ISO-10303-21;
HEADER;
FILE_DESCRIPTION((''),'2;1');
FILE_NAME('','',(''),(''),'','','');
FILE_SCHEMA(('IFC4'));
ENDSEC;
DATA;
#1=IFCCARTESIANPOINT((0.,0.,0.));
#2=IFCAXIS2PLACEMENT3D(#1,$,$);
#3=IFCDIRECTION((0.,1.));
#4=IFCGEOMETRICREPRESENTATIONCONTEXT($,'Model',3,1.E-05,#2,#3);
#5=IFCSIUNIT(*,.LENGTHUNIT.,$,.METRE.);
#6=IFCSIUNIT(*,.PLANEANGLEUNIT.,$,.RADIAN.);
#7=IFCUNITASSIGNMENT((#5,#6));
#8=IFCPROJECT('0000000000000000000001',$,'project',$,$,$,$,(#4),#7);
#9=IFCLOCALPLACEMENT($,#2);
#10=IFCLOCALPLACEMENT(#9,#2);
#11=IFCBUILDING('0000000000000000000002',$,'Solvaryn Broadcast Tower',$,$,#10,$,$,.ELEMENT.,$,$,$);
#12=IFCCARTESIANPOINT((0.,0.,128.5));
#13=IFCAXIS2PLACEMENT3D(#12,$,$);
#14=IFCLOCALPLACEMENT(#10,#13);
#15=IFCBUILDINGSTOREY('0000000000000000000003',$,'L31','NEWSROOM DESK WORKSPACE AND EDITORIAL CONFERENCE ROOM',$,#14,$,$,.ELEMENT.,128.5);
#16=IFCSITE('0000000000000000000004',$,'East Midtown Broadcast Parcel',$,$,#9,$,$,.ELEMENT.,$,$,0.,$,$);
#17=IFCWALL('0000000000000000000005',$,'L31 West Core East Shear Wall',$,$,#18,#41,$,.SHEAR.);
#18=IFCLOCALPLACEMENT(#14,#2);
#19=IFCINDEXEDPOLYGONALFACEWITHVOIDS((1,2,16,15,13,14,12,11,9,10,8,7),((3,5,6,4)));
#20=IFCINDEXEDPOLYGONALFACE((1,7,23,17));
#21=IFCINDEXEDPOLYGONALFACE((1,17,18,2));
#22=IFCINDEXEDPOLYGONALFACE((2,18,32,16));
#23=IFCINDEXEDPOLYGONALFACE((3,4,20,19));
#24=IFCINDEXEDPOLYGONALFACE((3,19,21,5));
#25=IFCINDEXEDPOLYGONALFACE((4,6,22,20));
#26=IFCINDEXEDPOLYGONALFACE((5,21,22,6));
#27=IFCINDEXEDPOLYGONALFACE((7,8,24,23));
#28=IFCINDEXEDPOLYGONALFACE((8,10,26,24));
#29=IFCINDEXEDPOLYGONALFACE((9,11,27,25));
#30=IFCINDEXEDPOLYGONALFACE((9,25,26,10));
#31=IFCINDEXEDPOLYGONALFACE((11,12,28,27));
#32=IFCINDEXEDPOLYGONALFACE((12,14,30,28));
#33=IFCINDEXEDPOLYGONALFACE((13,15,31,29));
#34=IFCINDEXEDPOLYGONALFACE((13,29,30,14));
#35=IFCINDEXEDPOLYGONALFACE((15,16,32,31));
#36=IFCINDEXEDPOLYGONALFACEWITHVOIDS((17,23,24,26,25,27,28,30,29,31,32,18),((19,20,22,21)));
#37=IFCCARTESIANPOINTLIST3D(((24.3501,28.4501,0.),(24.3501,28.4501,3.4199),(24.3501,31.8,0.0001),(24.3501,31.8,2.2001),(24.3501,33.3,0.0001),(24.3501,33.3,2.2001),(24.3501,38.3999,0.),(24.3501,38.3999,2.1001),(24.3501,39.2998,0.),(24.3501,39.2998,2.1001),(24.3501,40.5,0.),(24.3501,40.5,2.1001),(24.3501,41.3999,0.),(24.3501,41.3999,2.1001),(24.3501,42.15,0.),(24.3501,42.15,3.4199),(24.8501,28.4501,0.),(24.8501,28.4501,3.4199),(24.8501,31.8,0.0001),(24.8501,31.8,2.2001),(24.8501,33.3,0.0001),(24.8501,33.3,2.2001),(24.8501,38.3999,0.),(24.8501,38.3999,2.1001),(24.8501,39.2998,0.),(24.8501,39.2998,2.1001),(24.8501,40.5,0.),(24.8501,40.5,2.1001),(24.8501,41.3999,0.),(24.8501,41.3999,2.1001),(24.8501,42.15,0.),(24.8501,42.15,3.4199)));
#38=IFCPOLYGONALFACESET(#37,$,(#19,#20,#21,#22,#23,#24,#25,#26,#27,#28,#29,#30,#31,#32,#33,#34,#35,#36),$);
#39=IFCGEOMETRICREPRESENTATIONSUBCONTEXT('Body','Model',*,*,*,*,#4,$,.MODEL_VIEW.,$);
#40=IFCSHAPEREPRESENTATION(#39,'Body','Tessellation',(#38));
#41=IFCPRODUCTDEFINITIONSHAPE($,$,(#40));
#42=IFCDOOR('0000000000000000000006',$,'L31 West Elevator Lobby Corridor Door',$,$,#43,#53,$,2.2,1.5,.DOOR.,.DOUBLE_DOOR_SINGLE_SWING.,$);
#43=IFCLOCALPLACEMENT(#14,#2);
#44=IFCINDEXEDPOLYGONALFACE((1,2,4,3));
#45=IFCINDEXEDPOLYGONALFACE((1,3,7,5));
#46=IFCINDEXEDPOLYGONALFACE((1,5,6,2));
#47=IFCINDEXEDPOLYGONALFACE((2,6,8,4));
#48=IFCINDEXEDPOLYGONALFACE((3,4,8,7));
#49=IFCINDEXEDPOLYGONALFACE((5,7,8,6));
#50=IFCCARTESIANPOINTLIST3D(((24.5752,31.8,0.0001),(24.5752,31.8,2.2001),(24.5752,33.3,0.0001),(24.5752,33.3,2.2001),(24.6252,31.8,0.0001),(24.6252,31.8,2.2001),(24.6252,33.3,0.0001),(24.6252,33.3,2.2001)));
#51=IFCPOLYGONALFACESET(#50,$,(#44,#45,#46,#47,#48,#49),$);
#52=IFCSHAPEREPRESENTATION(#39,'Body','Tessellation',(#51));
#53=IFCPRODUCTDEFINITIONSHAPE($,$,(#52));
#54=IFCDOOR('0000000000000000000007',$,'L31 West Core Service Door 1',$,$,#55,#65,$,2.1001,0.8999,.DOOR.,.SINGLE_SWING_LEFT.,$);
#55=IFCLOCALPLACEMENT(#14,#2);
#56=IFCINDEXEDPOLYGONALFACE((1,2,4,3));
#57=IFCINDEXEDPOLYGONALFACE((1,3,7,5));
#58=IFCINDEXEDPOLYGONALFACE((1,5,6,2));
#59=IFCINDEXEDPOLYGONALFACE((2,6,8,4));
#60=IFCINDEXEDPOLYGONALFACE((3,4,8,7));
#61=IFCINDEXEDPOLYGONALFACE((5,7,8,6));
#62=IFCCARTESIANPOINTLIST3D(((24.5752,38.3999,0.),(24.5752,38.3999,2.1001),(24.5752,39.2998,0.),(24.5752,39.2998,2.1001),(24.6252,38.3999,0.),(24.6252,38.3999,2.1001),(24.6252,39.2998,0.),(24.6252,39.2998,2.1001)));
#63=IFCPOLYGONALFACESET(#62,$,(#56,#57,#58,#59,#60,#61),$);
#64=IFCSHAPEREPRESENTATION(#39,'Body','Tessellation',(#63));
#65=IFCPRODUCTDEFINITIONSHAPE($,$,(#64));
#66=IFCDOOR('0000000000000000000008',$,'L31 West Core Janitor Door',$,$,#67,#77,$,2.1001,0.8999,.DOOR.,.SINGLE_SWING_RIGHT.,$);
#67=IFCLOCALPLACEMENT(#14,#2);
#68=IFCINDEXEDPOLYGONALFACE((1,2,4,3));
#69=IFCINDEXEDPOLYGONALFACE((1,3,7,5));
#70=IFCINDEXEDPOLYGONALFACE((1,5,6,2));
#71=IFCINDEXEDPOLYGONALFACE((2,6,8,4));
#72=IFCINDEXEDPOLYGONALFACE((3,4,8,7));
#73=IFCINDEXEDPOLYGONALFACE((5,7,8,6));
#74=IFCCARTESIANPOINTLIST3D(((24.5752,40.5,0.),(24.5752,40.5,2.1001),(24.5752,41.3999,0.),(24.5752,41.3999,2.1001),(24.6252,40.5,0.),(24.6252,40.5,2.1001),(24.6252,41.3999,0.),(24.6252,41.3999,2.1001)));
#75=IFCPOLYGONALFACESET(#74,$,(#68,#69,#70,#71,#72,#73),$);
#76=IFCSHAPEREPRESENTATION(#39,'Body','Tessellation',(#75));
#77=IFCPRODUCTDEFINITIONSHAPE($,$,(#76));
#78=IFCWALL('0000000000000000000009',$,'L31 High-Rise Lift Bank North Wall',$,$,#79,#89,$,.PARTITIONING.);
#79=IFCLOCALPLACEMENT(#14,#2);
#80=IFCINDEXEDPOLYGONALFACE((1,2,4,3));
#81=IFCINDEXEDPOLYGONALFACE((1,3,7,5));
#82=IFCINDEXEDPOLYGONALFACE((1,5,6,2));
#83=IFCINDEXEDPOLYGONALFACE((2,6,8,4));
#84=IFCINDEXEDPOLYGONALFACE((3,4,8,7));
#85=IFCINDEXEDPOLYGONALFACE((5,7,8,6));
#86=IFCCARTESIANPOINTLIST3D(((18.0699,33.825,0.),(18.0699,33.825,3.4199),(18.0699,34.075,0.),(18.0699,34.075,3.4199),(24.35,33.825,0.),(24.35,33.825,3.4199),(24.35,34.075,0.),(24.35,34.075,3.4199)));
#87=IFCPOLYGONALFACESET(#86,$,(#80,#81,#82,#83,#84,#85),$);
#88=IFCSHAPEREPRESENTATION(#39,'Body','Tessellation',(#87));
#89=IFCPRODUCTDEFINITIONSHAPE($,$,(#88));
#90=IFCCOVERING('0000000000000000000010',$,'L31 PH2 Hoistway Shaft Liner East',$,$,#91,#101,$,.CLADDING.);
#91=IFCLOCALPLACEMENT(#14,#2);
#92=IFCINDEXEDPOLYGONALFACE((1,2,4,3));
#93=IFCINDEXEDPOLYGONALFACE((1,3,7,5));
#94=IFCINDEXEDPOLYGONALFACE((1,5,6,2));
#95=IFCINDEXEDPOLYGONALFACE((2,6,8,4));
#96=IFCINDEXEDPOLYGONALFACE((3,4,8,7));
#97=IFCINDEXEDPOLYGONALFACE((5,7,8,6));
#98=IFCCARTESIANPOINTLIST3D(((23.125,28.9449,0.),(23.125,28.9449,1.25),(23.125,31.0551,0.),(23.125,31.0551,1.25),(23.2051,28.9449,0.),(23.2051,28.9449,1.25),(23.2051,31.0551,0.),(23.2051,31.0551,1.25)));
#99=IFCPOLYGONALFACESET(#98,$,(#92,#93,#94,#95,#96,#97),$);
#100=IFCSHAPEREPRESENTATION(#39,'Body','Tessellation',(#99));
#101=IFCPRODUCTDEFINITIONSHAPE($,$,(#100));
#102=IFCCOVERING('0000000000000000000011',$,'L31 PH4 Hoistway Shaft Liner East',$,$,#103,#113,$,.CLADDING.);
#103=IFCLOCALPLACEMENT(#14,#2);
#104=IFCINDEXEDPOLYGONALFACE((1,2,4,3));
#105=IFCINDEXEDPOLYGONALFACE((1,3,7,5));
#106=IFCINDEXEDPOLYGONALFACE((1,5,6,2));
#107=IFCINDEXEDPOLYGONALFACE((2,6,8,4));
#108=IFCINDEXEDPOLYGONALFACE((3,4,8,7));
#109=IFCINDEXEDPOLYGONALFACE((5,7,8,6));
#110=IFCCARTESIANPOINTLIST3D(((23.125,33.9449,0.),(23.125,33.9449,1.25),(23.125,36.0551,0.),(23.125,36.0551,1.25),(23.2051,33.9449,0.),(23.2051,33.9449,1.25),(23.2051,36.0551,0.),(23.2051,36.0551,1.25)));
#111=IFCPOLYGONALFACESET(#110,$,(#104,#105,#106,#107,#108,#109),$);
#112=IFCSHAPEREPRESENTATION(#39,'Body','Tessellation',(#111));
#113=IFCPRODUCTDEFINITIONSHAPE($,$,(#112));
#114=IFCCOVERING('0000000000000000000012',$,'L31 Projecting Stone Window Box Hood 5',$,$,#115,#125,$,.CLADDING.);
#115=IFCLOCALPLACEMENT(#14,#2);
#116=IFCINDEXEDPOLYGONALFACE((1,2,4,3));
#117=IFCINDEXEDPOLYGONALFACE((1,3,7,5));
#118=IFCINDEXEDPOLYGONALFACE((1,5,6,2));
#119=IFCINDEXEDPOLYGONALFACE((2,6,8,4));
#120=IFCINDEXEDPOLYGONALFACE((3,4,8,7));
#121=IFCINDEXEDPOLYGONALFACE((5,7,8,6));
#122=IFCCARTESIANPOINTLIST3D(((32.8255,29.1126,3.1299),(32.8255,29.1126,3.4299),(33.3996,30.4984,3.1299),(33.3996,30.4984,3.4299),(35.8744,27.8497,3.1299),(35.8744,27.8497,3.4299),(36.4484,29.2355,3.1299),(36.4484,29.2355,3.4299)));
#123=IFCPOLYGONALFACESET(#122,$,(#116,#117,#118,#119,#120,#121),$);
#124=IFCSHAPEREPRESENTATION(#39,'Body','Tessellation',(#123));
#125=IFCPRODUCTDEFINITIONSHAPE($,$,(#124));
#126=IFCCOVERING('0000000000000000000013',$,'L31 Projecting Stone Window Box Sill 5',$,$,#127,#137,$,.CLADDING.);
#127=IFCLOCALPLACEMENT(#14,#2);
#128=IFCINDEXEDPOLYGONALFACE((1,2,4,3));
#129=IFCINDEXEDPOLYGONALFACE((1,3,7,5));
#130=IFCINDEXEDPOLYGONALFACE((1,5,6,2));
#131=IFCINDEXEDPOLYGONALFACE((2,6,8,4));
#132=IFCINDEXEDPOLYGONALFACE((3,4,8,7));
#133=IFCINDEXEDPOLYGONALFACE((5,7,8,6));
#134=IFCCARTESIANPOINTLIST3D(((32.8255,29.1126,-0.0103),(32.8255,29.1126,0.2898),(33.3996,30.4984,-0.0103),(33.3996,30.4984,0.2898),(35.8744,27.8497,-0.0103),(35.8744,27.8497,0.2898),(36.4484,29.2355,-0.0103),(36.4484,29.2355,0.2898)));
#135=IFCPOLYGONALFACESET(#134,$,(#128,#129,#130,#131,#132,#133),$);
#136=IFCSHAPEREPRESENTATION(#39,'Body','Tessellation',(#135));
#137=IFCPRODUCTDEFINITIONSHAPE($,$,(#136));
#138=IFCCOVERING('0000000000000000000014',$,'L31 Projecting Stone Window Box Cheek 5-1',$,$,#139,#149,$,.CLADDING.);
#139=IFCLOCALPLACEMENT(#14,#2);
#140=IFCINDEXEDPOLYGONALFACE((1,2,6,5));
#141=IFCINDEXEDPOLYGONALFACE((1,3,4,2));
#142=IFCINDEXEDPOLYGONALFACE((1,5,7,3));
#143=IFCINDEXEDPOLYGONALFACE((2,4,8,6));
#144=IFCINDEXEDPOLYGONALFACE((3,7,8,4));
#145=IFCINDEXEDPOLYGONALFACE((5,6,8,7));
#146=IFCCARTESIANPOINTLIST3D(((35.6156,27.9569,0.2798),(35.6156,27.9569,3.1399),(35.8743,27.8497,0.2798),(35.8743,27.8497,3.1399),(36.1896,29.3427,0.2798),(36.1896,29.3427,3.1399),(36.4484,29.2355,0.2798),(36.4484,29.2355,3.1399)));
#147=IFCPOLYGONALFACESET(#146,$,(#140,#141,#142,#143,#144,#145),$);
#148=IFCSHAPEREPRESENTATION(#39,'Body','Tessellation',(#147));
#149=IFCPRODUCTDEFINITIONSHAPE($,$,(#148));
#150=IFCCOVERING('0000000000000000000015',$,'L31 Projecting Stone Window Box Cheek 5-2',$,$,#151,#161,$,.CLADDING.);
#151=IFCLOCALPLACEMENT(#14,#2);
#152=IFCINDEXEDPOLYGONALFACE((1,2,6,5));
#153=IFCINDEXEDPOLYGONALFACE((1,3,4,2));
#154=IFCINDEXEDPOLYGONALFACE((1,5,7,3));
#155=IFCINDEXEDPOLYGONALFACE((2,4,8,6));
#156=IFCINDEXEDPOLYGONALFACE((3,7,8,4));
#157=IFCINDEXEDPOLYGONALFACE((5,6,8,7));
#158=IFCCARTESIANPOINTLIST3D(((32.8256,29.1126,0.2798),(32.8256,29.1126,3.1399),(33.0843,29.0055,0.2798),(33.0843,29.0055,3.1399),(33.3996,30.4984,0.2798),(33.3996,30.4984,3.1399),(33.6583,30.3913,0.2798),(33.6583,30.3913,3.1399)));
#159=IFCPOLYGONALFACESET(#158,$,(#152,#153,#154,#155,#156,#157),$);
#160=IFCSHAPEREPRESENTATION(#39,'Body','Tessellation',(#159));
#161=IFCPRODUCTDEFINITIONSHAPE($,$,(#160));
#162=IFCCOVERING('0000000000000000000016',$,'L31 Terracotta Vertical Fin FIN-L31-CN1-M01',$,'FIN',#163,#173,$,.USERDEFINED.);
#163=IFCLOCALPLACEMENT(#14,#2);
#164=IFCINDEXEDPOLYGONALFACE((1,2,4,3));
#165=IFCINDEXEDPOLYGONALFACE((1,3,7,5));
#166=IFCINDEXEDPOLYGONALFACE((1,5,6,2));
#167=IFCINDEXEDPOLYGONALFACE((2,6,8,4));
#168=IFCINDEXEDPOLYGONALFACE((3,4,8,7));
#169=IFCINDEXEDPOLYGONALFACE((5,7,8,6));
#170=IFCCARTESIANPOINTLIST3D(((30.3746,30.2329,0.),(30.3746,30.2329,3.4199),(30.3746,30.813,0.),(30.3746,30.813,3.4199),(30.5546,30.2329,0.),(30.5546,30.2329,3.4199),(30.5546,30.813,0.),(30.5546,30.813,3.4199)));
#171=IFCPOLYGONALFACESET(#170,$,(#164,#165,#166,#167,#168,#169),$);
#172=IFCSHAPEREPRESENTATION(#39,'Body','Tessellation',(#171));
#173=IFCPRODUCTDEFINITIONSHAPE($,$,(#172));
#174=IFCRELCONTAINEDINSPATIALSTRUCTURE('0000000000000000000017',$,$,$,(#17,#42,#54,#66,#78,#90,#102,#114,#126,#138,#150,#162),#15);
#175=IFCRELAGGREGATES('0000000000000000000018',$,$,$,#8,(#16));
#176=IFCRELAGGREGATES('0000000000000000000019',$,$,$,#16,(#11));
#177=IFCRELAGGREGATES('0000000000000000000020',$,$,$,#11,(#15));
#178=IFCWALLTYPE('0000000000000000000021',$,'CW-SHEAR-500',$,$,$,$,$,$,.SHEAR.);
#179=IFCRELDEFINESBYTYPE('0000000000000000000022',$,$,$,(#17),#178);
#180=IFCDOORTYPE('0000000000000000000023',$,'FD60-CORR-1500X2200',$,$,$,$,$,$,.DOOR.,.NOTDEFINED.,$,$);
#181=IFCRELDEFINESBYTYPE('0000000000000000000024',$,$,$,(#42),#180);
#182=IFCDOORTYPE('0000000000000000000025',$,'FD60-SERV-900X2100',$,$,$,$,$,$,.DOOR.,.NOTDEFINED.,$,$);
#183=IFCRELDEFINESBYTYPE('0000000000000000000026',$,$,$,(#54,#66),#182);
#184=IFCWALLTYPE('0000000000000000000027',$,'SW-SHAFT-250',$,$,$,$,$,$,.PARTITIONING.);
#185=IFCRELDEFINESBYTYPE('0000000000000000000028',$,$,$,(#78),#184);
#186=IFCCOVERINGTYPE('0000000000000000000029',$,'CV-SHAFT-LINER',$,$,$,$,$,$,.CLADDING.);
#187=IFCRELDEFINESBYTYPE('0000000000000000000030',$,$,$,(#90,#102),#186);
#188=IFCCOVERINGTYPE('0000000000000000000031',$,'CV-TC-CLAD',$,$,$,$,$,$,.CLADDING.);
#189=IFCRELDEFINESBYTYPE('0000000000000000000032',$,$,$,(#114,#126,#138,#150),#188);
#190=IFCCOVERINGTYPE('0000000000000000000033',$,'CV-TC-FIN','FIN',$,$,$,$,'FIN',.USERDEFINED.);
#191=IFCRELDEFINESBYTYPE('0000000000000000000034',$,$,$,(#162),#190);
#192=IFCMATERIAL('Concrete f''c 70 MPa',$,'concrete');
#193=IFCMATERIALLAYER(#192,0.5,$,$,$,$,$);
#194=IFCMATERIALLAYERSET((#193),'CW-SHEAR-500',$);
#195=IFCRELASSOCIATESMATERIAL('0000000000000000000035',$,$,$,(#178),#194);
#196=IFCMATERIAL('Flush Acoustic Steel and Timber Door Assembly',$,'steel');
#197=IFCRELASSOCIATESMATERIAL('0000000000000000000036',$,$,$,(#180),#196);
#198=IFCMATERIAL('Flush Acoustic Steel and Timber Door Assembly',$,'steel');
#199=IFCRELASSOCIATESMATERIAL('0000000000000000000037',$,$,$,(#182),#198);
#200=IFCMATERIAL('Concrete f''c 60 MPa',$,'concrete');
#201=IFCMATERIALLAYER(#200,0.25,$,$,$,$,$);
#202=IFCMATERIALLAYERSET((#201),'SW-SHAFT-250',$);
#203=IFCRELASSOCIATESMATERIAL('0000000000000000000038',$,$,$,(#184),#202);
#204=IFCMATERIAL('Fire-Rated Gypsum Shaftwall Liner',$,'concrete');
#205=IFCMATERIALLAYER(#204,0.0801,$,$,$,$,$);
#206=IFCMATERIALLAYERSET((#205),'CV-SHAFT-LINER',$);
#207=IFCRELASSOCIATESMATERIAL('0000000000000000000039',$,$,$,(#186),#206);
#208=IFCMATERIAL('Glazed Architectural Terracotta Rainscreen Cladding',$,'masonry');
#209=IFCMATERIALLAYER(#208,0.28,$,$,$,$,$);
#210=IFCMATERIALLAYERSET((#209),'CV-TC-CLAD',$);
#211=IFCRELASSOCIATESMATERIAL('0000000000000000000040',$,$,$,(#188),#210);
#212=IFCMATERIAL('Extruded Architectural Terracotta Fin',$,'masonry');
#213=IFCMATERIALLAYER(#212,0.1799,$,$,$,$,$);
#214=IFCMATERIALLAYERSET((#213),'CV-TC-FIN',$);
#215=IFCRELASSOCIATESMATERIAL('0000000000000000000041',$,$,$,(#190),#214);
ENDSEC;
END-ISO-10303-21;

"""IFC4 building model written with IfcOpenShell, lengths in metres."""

from ifc_helpers import new_model, si_unit, direction, frame, frame_2d, origin, origin_2d, place, context, subcontext, project, spatial, rectangle, extrude, material, layer, layer_set, type_object, element, fill, save


model = new_model("IFC4")

# Units and contexts
model_context = context("Model", 3, precision=1e-05, world=origin(), true_north=direction((0.0, 1.0)))
body_context = subcontext(model_context, "Body", "Model", "MODEL_VIEW")
ifc_project = project(units=[si_unit("LENGTHUNIT", "METRE"), si_unit("PLANEANGLEUNIT", "RADIAN")], contexts=[model_context])

# Site, building, storey
site_placement = place(None, origin())
site = spatial("IfcSite", under=ifc_project, at=site_placement, Name="East Midtown Broadcast Parcel", CompositionType="ELEMENT", RefElevation=0.0)
building_placement = place(site_placement, origin())
building = spatial("IfcBuilding", under=site, at=building_placement, Name="Solvaryn Broadcast Tower", CompositionType="ELEMENT")
storey_placement = place(building_placement, frame((0.0, 0.0, 128.5)))
storey = spatial("IfcBuildingStorey", under=building, at=storey_placement, Name="L31", Description="NEWSROOM DESK WORKSPACE AND EDITORIAL CONFERENCE ROOM", CompositionType="ELEMENT", Elevation=128.5)

# Wall, openings, doors
ifc_material_1 = material(Name="Concrete f'c 70 MPa", Category="concrete")
ifc_layer_1 = layer(ifc_material_1, 0.5)
ifc_layer_set_1 = layer_set([ifc_layer_1], Name="CW-SHEAR-500")
wall_type_1 = type_object("IfcWallType", Name="CW-SHEAR-500", PredefinedType="SHEAR", material=ifc_layer_set_1)
wall_1_placement = place(storey_placement, frame((24.6001, 28.45, 0.0), z_axis=(0.0, 0.0, 1.0), x_axis=(0.0, 1.0, 0.0)))
wall_1 = element("IfcWall", 1, at=wall_1_placement, inside=storey, type_object=wall_type_1, Name="L31 West Core East Shear Wall", PredefinedType="SHEAR", context=body_context, shape_type="SweptSolid", body=[
    extrude(rectangle(XDim=13.7, YDim=0.5, at=frame_2d((6.8501, 0.0))), origin(), (0.0, 0.0, 1.0), 3.4199),
])
opening_1_placement = place(wall_1_placement, frame((3.3501, 0.0, 0.0)))
opening_1 = element("IfcOpeningElement", 2, at=opening_1_placement, cuts=wall_1, PredefinedType="OPENING", context=body_context, shape_type="SweptSolid", body=[
    extrude(rectangle(XDim=1.5, YDim=2.2, at=frame_2d((0.75, 1.1001))), frame((0.0, 0.26, 0.0), z_axis=(0.0, -1.0, 0.0), x_axis=(1.0, 0.0, 0.0)), (0.0, 0.0, 1.0), 0.52),
])
opening_2_placement = place(wall_1_placement, frame((9.95, 0.0, 0.0)))
opening_2 = element("IfcOpeningElement", 3, at=opening_2_placement, cuts=wall_1, PredefinedType="OPENING", context=body_context, shape_type="SweptSolid", body=[
    extrude(rectangle(XDim=0.8999, YDim=2.1001, at=frame_2d((0.45, 1.05))), frame((0.0, 0.26, 0.0), z_axis=(0.0, -1.0, 0.0), x_axis=(1.0, 0.0, 0.0)), (0.0, 0.0, 1.0), 0.52),
])
opening_3_placement = place(wall_1_placement, frame((12.05, 0.0, 0.0)))
opening_3 = element("IfcOpeningElement", 4, at=opening_3_placement, cuts=wall_1, PredefinedType="OPENING", context=body_context, shape_type="SweptSolid", body=[
    extrude(rectangle(XDim=0.8999, YDim=2.1001, at=frame_2d((0.45, 1.05))), frame((0.0, 0.26, 0.0), z_axis=(0.0, -1.0, 0.0), x_axis=(1.0, 0.0, 0.0)), (0.0, 0.0, 1.0), 0.52),
])
ifc_material_2 = material(Name="Flush Acoustic Steel and Timber Door Assembly", Category="steel")
door_type_1 = type_object("IfcDoorType", Name="FD60-CORR-1500X2200", OperationType="NOTDEFINED", PredefinedType="DOOR", material=ifc_material_2)
door_1_placement = place(opening_1_placement, origin())
door_1 = element("IfcDoor", 5, at=door_1_placement, inside=storey, type_object=door_type_1, Name="L31 West Elevator Lobby Corridor Door", OperationType="DOUBLE_DOOR_SINGLE_SWING", OverallHeight=2.2, OverallWidth=1.5, PredefinedType="DOOR", context=body_context, shape_type="SweptSolid", body=[
    extrude(rectangle(XDim=1.5, YDim=2.2, at=frame_2d((0.75, 1.1001))), frame((0.0, 0.0249, 0.0), z_axis=(0.0, -1.0, 0.0), x_axis=(1.0, 0.0, 0.0)), (0.0, 0.0, 1.0), 0.05),
])
fill(opening_1, door_1)
ifc_material_3 = material(Name="Flush Acoustic Steel and Timber Door Assembly", Category="steel")
door_type_2 = type_object("IfcDoorType", Name="FD60-SERV-900X2100", OperationType="NOTDEFINED", PredefinedType="DOOR", material=ifc_material_3)
door_2_placement = place(opening_2_placement, origin())
door_2 = element("IfcDoor", 6, at=door_2_placement, inside=storey, type_object=door_type_2, Name="L31 West Core Service Door 1", OperationType="SINGLE_SWING_LEFT", OverallHeight=2.1001, OverallWidth=0.8999, PredefinedType="DOOR", context=body_context, shape_type="SweptSolid", body=[
    extrude(rectangle(XDim=0.8999, YDim=2.1001, at=frame_2d((0.45, 1.05))), frame((0.0, 0.0249, 0.0), z_axis=(0.0, -1.0, 0.0), x_axis=(1.0, 0.0, 0.0)), (0.0, 0.0, 1.0), 0.05),
])
fill(opening_2, door_2)
door_3_placement = place(opening_3_placement, origin())
door_3 = element("IfcDoor", 7, at=door_3_placement, inside=storey, type_object=door_type_2, Name="L31 West Core Janitor Door", OperationType="SINGLE_SWING_RIGHT", OverallHeight=2.1001, OverallWidth=0.8999, PredefinedType="DOOR", context=body_context, shape_type="SweptSolid", body=[
    extrude(rectangle(XDim=0.8999, YDim=2.1001, at=frame_2d((0.45, 1.05))), frame((0.0, 0.0249, 0.0), z_axis=(0.0, -1.0, 0.0), x_axis=(1.0, 0.0, 0.0)), (0.0, 0.0, 1.0), 0.05),
])
fill(opening_3, door_3)

# Wall
ifc_material_4 = material(Name="Concrete f'c 60 MPa", Category="concrete")
ifc_layer_2 = layer(ifc_material_4, 0.25)
ifc_layer_set_2 = layer_set([ifc_layer_2], Name="SW-SHAFT-250")
wall_type_2 = type_object("IfcWallType", Name="SW-SHAFT-250", PredefinedType="PARTITIONING", material=ifc_layer_set_2)
wall_2_placement = place(storey_placement, frame((24.3501, 33.95, 0.0), z_axis=(0.0, 0.0, 1.0), x_axis=(-1.0, 0.0, 0.0)))
element("IfcWall", 8, at=wall_2_placement, inside=storey, type_object=wall_type_2, Name="L31 High-Rise Lift Bank North Wall", PredefinedType="PARTITIONING", context=body_context, shape_type="SweptSolid", body=[
    extrude(rectangle(XDim=6.28, YDim=0.25, at=frame_2d((3.1401, 0.0))), origin(), (0.0, 0.0, 1.0), 3.4199),
])

# Coverings
ifc_material_5 = material(Name="Fire-Rated Gypsum Shaftwall Liner", Category="concrete")
ifc_layer_3 = layer(ifc_material_5, 0.0801)
ifc_layer_set_3 = layer_set([ifc_layer_3], Name="CV-SHAFT-LINER")
covering_type_1 = type_object("IfcCoveringType", Name="CV-SHAFT-LINER", PredefinedType="CLADDING", material=ifc_layer_set_3)
for number, where, z_axis, x_axis, name in (
    (9, (23.165, 30.0, 0.0), (0.0, 0.0, 1.0), (1.0, 0.0, 0.0), "L31 PH2 Hoistway Shaft Liner East"),
    (10, (23.165, 35.0, 0.0), (0.0, 0.0, 1.0), (1.0, 0.0, 0.0), "L31 PH4 Hoistway Shaft Liner East"),
):
    element("IfcCovering", number, at=place(storey_placement, frame(where, z_axis=z_axis, x_axis=x_axis)), inside=storey, type_object=covering_type_1, Name=name, PredefinedType="CLADDING", context=body_context, shape_type="SweptSolid", body=[
        extrude(rectangle(XDim=0.0801, YDim=2.1101, at=origin_2d()), origin(), (0.0, 0.0, 1.0), 1.25),
    ])
ifc_material_6 = material(Name="Glazed Architectural Terracotta Rainscreen Cladding", Category="masonry")
ifc_layer_4 = layer(ifc_material_6, 0.28)
ifc_layer_set_4 = layer_set([ifc_layer_4], Name="CV-TC-CLAD")
covering_type_2 = type_object("IfcCoveringType", Name="CV-TC-CLAD", PredefinedType="CLADDING", material=ifc_layer_set_4)
for number, where, z_axis, x_axis, name in (
    (11, (34.637, 29.1741, 3.1299), (0.0, 0.0, 1.0), (-0.92388, 0.382683, 0.0), "L31 Projecting Stone Window Box Hood 5"),
    (12, (34.637, 29.1741, -0.0103), (0.0, 0.0, 1.0), (-0.92388, 0.382683, 0.0), "L31 Projecting Stone Window Box Sill 5"),
):
    element("IfcCovering", number, at=place(storey_placement, frame(where, z_axis=z_axis, x_axis=x_axis)), inside=storey, type_object=covering_type_2, Name=name, PredefinedType="CLADDING", context=body_context, shape_type="SweptSolid", body=[
        extrude(rectangle(XDim=3.3, YDim=1.5, at=origin_2d()), origin(), (0.0, 0.0, 1.0), 0.3),
    ])
for number, where, z_axis, x_axis, name in (
    (13, (36.032, 28.5962, 0.2798), (0.0, 0.0, 1.0), (-0.92388, 0.382683, 0.0), "L31 Projecting Stone Window Box Cheek 5-1"),
    (14, (33.2419, 29.752, 0.2798), (0.0, 0.0, 1.0), (-0.92388, 0.382683, 0.0), "L31 Projecting Stone Window Box Cheek 5-2"),
):
    element("IfcCovering", number, at=place(storey_placement, frame(where, z_axis=z_axis, x_axis=x_axis)), inside=storey, type_object=covering_type_2, Name=name, PredefinedType="CLADDING", context=body_context, shape_type="SweptSolid", body=[
        extrude(rectangle(XDim=0.28, YDim=1.5, at=origin_2d()), origin(), (0.0, 0.0, 1.0), 2.8601),
    ])
ifc_material_7 = material(Name="Extruded Architectural Terracotta Fin", Category="masonry")
ifc_layer_5 = layer(ifc_material_7, 0.1799)
ifc_layer_set_5 = layer_set([ifc_layer_5], Name="CV-TC-FIN")
covering_type_3 = type_object("IfcCoveringType", Name="CV-TC-FIN", Description="FIN", ElementType="FIN", PredefinedType="USERDEFINED", material=ifc_layer_set_5)
covering_1_placement = place(storey_placement, frame((30.4646, 30.5229, 0.0), z_axis=(0.0, 0.0, 1.0), x_axis=(1.0, 0.0, 0.0)))
element("IfcCovering", 15, at=covering_1_placement, inside=storey, type_object=covering_type_3, Name="L31 Terracotta Vertical Fin FIN-L31-CN1-M01", ObjectType="FIN", PredefinedType="USERDEFINED", context=body_context, shape_type="SweptSolid", body=[
    extrude(rectangle(XDim=0.1799, YDim=0.5801, at=origin_2d()), origin(), (0.0, 0.0, 1.0), 3.4199),
])

save(model, "model.ifc")
